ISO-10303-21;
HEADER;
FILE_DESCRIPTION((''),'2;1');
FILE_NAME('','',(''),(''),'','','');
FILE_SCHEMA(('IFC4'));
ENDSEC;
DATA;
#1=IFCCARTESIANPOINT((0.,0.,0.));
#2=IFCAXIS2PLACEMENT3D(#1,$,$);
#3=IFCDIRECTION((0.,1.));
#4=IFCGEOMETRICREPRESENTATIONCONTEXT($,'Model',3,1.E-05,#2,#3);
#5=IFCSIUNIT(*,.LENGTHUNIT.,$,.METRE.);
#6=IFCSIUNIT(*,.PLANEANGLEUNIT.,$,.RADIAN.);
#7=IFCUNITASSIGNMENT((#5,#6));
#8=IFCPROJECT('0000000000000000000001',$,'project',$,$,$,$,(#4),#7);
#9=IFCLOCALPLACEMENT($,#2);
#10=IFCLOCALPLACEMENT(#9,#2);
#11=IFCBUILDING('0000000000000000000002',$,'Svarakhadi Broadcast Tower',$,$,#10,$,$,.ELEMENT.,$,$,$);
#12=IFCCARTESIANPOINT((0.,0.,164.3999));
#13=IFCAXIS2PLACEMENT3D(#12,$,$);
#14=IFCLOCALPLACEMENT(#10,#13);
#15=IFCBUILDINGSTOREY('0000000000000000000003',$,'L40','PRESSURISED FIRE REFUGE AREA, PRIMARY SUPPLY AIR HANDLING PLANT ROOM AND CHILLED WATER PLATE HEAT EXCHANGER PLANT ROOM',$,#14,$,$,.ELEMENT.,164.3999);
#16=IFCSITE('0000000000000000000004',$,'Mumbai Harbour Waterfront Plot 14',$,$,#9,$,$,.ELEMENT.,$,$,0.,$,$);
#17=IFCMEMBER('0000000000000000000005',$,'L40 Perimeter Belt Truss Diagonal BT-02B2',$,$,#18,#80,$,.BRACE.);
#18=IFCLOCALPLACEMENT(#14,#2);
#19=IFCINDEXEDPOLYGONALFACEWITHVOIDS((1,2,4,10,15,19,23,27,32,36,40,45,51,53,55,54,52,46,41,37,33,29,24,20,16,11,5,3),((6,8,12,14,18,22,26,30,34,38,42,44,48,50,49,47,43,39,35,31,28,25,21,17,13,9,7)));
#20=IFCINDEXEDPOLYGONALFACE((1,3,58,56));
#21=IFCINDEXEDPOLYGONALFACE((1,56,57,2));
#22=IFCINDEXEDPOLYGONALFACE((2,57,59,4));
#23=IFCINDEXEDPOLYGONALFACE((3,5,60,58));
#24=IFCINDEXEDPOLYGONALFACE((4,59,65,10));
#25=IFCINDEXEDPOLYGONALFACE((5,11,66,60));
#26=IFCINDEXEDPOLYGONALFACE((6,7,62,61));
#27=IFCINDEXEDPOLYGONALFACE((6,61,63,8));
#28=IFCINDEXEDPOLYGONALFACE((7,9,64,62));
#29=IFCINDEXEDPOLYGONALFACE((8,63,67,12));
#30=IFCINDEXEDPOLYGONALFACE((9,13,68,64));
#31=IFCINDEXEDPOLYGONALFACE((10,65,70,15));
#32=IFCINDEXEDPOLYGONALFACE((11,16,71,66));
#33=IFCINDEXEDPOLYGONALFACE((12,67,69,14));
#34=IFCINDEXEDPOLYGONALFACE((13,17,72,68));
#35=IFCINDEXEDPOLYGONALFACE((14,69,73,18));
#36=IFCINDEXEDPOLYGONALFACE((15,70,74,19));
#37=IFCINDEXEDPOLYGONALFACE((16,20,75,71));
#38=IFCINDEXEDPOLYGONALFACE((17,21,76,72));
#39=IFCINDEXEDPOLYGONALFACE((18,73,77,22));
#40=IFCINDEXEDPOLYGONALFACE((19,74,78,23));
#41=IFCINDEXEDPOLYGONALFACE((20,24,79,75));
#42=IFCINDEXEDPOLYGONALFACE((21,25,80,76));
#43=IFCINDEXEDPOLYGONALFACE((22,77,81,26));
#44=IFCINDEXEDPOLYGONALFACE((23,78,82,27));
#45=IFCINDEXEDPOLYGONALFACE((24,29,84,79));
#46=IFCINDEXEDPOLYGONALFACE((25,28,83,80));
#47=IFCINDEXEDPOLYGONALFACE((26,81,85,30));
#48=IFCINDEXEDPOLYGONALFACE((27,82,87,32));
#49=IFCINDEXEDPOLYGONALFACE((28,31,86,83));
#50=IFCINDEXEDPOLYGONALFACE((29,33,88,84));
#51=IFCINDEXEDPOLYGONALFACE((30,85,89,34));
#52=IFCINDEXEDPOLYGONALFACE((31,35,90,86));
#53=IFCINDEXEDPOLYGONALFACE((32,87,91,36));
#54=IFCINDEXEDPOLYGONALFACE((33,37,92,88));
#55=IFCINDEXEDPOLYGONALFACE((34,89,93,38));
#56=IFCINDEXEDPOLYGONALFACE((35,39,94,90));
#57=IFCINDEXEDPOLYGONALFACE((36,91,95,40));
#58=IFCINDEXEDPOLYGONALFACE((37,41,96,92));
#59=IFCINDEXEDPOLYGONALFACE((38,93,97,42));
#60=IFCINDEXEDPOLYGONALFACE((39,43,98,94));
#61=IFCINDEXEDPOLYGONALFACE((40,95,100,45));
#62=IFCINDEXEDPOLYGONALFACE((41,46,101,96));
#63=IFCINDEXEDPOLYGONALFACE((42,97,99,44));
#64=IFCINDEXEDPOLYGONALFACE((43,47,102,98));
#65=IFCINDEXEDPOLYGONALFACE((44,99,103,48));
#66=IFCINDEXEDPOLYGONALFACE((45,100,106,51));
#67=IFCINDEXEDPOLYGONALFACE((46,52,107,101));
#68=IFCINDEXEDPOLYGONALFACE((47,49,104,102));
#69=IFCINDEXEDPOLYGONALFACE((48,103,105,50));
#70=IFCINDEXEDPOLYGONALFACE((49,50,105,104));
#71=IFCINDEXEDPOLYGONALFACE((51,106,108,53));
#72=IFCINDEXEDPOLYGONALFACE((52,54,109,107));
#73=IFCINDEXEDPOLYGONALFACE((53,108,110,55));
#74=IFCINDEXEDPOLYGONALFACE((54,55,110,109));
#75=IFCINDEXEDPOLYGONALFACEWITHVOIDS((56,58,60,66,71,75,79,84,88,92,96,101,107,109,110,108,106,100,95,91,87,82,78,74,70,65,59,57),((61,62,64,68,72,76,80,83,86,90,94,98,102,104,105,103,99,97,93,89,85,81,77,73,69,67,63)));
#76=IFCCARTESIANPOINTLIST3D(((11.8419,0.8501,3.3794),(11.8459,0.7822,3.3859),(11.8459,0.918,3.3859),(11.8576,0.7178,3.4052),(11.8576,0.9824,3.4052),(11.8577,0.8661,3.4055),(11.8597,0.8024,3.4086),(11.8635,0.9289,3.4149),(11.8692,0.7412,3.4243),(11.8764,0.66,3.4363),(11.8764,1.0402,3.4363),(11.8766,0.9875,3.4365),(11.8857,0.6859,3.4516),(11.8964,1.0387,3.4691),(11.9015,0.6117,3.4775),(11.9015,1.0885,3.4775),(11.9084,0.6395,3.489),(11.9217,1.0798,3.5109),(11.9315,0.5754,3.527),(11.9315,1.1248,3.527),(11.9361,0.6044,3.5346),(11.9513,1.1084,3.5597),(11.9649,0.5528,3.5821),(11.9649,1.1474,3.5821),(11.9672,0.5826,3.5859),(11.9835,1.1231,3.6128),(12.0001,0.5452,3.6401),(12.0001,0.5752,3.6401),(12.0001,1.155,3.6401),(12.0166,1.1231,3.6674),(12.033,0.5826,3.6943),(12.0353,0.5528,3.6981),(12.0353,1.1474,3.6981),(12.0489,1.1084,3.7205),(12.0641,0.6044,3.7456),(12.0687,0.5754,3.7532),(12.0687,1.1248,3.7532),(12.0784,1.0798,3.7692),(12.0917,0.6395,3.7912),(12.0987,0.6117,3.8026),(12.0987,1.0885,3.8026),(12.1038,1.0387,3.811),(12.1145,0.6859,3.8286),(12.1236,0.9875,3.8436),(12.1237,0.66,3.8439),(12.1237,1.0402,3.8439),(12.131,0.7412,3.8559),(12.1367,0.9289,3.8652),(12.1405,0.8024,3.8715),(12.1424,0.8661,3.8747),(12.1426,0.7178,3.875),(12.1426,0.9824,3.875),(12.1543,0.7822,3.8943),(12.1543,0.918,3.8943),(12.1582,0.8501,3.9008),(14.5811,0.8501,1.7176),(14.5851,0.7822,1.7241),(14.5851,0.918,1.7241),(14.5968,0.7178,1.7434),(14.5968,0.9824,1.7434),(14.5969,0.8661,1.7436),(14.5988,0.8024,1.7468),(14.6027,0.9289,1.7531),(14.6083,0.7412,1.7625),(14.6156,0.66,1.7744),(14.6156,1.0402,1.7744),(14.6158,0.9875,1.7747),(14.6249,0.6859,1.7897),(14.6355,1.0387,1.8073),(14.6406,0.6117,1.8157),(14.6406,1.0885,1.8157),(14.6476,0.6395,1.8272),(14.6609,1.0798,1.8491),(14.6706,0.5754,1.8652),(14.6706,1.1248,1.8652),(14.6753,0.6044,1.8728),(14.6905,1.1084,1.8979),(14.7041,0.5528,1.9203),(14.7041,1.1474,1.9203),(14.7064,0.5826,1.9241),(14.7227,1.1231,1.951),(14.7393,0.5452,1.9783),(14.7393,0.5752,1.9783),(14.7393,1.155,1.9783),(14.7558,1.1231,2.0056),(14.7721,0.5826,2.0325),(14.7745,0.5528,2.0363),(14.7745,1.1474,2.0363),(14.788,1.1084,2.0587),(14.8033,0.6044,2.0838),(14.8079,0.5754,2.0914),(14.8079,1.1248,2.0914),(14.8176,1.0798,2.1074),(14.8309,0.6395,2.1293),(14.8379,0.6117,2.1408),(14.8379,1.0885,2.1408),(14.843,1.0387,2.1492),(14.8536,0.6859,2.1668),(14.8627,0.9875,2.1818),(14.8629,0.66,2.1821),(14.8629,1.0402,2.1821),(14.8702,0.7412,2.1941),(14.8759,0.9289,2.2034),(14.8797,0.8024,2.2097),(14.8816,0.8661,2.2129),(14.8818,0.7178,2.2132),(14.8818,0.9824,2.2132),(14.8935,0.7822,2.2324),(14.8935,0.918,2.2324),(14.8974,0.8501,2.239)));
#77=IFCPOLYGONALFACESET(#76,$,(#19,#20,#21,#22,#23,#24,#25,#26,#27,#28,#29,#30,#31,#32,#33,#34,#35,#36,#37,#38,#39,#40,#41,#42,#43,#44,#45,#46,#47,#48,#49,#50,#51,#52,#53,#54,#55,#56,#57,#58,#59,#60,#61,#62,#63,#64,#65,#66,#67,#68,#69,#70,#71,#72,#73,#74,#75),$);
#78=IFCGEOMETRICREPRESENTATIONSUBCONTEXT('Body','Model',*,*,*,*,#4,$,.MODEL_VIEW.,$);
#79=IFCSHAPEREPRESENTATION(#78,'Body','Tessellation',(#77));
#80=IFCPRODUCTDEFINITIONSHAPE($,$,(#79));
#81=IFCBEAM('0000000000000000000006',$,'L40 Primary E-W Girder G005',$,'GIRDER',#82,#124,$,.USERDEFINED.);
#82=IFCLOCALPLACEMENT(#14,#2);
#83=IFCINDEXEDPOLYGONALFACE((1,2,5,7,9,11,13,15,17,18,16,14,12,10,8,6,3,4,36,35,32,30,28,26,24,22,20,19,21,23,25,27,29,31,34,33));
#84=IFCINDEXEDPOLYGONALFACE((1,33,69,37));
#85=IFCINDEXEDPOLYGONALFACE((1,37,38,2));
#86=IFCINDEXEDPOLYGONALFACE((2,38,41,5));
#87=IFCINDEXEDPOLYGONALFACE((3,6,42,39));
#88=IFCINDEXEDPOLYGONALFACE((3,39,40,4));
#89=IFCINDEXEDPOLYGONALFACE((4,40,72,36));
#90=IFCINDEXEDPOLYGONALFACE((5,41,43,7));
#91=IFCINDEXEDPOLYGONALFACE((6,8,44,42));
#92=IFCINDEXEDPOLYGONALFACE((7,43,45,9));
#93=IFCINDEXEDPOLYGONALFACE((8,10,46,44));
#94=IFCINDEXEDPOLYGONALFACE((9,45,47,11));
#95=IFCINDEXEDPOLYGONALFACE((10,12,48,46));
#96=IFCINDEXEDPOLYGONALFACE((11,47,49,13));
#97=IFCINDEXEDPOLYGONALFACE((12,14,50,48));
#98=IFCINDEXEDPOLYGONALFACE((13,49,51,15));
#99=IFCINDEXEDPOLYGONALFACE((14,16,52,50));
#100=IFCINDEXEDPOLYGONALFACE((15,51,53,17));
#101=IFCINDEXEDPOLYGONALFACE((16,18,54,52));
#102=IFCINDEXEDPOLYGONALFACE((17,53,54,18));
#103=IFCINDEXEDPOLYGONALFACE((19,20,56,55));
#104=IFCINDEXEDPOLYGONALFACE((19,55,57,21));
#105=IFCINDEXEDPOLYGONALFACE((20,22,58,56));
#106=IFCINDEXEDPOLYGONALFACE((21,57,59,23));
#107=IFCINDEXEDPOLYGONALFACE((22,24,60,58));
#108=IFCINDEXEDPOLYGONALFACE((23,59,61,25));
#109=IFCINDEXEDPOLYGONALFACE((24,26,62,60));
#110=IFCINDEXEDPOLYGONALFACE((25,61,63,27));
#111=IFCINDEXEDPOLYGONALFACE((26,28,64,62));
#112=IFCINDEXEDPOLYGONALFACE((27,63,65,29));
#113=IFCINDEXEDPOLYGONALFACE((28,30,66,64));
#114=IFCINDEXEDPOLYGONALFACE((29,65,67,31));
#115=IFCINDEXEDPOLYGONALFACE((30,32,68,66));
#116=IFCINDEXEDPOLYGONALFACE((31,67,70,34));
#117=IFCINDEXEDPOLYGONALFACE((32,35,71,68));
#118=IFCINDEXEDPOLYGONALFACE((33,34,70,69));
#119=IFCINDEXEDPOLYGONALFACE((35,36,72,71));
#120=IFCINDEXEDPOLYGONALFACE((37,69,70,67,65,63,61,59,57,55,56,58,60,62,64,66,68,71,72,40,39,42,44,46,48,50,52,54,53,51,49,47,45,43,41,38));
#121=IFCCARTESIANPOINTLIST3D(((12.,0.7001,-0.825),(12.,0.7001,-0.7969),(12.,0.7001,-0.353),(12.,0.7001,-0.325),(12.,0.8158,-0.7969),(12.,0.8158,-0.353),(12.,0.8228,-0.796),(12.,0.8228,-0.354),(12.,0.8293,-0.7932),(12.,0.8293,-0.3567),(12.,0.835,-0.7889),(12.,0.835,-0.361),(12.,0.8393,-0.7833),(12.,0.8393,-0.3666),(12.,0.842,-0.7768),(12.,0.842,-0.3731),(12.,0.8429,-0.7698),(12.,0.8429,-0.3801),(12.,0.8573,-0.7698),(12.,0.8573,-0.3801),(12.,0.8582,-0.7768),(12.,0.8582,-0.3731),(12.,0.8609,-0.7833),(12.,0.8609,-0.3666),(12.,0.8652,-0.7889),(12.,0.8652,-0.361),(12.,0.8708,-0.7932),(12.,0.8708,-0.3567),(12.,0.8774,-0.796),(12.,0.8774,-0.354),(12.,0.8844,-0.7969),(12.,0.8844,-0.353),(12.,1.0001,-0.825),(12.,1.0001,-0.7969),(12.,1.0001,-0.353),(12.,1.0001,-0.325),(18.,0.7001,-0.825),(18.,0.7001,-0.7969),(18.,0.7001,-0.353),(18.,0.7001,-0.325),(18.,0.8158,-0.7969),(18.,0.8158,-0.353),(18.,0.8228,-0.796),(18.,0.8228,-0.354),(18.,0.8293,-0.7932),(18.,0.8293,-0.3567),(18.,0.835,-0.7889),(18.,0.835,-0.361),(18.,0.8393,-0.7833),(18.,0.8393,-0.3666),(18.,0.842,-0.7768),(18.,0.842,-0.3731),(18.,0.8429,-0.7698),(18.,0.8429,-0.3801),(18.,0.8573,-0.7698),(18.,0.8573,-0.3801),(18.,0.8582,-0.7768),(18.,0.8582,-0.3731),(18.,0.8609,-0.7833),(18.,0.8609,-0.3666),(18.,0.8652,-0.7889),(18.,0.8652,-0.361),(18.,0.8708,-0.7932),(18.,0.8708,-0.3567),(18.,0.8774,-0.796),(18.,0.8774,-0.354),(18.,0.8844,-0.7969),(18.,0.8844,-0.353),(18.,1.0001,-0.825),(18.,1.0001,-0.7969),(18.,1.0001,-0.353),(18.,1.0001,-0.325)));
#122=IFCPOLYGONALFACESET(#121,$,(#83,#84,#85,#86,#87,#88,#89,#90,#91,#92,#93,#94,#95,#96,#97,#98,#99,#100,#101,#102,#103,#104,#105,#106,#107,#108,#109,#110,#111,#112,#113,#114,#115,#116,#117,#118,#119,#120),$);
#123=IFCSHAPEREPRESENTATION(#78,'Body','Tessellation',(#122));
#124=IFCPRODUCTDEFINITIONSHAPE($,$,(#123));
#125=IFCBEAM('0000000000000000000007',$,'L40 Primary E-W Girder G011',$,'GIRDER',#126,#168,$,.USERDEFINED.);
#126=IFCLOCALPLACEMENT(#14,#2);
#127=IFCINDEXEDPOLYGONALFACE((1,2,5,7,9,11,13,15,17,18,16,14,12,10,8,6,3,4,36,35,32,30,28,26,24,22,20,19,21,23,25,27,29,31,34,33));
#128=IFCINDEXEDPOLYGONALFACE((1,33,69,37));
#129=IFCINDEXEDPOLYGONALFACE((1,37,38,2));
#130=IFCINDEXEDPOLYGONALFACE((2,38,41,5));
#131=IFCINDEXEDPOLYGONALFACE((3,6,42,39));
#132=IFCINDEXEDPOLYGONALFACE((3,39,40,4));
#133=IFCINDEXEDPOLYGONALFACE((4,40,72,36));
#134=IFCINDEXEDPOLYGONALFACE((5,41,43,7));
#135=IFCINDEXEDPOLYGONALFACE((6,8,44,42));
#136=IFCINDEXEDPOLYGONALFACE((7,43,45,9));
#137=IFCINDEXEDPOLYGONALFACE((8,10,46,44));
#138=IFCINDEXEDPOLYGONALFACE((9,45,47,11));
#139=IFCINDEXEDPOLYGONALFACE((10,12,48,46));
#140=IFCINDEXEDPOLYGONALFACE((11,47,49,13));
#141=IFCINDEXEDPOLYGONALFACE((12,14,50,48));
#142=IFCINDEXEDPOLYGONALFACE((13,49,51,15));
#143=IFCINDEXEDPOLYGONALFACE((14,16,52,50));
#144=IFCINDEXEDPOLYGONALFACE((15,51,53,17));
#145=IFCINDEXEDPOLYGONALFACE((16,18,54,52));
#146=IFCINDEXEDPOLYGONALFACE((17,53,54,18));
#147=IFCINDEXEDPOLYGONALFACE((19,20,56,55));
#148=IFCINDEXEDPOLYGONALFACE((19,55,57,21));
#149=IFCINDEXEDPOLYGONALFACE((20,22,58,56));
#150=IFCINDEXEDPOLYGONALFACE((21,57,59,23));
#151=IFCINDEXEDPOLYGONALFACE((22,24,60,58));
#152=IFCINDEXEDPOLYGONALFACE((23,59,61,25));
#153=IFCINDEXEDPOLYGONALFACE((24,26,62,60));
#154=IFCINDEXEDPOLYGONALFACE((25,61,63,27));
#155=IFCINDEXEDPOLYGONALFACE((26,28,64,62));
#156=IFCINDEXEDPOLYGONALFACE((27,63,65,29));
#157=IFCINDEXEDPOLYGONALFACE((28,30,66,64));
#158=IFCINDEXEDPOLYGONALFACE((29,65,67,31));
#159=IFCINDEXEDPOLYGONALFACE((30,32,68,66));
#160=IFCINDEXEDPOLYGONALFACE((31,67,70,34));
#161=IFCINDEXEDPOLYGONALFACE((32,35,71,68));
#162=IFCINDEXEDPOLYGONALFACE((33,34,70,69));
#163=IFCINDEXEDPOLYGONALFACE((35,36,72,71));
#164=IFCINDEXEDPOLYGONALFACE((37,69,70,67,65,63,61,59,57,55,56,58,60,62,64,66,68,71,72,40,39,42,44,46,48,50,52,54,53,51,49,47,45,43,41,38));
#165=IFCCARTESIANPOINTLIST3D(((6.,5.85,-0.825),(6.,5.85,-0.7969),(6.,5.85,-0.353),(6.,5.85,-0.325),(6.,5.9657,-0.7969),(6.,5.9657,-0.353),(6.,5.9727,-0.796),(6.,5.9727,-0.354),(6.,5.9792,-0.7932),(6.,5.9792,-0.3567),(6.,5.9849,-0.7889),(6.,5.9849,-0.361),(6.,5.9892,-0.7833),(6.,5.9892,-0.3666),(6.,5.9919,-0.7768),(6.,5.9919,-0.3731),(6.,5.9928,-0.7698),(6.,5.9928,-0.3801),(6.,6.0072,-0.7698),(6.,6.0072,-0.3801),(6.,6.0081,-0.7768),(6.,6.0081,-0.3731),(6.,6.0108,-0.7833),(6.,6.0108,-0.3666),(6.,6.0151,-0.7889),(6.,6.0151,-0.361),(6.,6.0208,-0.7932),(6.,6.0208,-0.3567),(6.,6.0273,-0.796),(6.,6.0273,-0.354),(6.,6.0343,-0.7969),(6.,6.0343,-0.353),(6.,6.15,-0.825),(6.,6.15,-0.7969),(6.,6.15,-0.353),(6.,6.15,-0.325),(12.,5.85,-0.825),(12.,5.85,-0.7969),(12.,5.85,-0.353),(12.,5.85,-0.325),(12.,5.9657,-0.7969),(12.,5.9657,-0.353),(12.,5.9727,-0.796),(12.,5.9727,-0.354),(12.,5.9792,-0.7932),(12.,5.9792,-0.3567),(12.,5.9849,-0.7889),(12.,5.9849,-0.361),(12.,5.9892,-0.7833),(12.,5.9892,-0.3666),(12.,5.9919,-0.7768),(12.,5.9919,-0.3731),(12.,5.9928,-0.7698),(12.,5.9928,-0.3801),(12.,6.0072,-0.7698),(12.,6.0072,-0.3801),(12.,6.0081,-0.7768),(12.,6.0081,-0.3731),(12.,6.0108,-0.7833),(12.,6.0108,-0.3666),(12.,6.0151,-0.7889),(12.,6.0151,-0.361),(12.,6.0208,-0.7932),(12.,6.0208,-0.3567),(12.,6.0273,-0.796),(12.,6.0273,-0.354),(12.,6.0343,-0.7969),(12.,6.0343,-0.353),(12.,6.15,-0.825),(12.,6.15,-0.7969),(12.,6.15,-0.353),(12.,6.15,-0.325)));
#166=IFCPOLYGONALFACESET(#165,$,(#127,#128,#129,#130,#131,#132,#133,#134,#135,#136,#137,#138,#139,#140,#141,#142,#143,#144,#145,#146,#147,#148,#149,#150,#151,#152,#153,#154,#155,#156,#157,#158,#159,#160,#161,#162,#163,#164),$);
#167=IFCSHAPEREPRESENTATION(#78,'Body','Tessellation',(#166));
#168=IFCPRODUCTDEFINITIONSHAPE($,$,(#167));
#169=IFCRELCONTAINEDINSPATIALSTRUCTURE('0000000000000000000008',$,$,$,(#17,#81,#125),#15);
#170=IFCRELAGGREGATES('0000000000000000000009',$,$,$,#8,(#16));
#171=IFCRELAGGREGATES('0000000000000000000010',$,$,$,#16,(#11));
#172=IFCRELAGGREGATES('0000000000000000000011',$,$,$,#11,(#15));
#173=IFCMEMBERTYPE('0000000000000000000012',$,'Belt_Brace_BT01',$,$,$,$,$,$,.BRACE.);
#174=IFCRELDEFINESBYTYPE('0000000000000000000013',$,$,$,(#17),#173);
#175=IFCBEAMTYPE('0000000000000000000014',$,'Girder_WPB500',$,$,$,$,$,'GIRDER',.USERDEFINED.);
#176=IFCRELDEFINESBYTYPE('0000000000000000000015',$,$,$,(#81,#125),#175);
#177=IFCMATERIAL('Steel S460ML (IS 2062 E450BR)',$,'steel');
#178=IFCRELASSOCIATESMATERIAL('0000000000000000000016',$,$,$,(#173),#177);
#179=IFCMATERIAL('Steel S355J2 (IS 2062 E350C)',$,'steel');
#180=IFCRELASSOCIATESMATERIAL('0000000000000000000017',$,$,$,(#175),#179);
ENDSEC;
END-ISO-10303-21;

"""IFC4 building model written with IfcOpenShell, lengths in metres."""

from ifc_helpers import new_model, si_unit, direction, frame, origin, origin_2d, place, context, subcontext, project, spatial, hollow_circle, i_section, extrude, material, material_profile, profile_set, type_object, element, save


model = new_model("IFC4")

# Units and contexts
model_context = context("Model", 3, precision=1e-05, world=origin(), true_north=direction((0.0, 1.0)))
body_context = subcontext(model_context, "Body", "Model", "MODEL_VIEW")
ifc_project = project(units=[si_unit("LENGTHUNIT", "METRE"), si_unit("PLANEANGLEUNIT", "RADIAN")], contexts=[model_context])

# Site, building, storey
site_placement = place(None, origin())
site = spatial("IfcSite", under=ifc_project, at=site_placement, Name="Mumbai Harbour Waterfront Plot 14", CompositionType="ELEMENT", RefElevation=0.0)
building_placement = place(site_placement, origin())
building = spatial("IfcBuilding", under=site, at=building_placement, Name="Svarakhadi Broadcast Tower", CompositionType="ELEMENT")
storey_placement = place(building_placement, frame((0.0, 0.0, 164.3999)))
storey = spatial("IfcBuildingStorey", under=building, at=storey_placement, Name="L40", Description="PRESSURISED FIRE REFUGE AREA, PRIMARY SUPPLY AIR HANDLING PLANT ROOM AND CHILLED WATER PLATE HEAT EXCHANGER PLANT ROOM", CompositionType="ELEMENT", Elevation=164.3999)

# Shared definitions
ifc_material_1 = material(Name="Steel S460ML (IS 2062 E450BR)", Category="steel")

# Shared definitions
ifc_material_2 = material(Name="Steel S355J2 (IS 2062 E350C)", Category="steel")

# Member
ifc_material_profile_1 = material_profile(ifc_material_1, hollow_circle(Radius=0.3049, WallThickness=0.03, at=origin_2d()), Name="CHS 610x30")
ifc_profile_set_1 = profile_set([ifc_material_profile_1], Name="Steel S460ML (IS 2062 E450BR)")
member_type_1 = type_object("IfcMemberType", Name="Belt_Brace_BT01", PredefinedType="BRACE", material=ifc_profile_set_1)
member_1_placement = place(storey_placement, frame((14.7393, 0.8501, 1.9783), z_axis=(-0.854961, 0.0, 0.518692), x_axis=(0.0, -1.0, 0.0)))
element("IfcMember", 1, at=member_1_placement, inside=storey, type_object=member_type_1, Name="L40 Perimeter Belt Truss Diagonal BT-02B2", PredefinedType="BRACE", context=body_context, shape_type="SweptSolid", body=[
    extrude(hollow_circle(Radius=0.3049, WallThickness=0.03, at=origin_2d()), origin(), (0.0, 0.0, 1.0), 3.2039),
])

# Beams
ifc_material_profile_2 = material_profile(ifc_material_2, i_section(OverallWidth=0.3, OverallDepth=0.5, WebThickness=0.0144, FlangeThickness=0.0281, FilletRadius=0.0271, at=origin_2d()), Name="WPB 500x300x187")
ifc_profile_set_2 = profile_set([ifc_material_profile_2], Name="Steel S355J2 (IS 2062 E350C)")
beam_type_1 = type_object("IfcBeamType", Name="Girder_WPB500", ElementType="GIRDER", PredefinedType="USERDEFINED", material=ifc_profile_set_2)
for number, where, z_axis, x_axis, name in (
    (2, (12.0, 0.8501, -0.575), (1.0, 0.0, 0.0), (0.0, 1.0, 0.0), "L40 Primary E-W Girder G005"),
    (3, (6.0, 6.0, -0.575), (1.0, 0.0, 0.0), (0.0, 1.0, 0.0), "L40 Primary E-W Girder G011"),
):
    element("IfcBeam", number, at=place(storey_placement, frame(where, z_axis=z_axis, x_axis=x_axis)), inside=storey, type_object=beam_type_1, Name=name, ObjectType="GIRDER", PredefinedType="USERDEFINED", context=body_context, shape_type="SweptSolid", body=[
        extrude(i_section(OverallWidth=0.3, OverallDepth=0.5, WebThickness=0.0144, FlangeThickness=0.0281, FilletRadius=0.0271, at=origin_2d()), origin(), (0.0, 0.0, 1.0), 6.0),
    ])

save(model, "model.ifc")
